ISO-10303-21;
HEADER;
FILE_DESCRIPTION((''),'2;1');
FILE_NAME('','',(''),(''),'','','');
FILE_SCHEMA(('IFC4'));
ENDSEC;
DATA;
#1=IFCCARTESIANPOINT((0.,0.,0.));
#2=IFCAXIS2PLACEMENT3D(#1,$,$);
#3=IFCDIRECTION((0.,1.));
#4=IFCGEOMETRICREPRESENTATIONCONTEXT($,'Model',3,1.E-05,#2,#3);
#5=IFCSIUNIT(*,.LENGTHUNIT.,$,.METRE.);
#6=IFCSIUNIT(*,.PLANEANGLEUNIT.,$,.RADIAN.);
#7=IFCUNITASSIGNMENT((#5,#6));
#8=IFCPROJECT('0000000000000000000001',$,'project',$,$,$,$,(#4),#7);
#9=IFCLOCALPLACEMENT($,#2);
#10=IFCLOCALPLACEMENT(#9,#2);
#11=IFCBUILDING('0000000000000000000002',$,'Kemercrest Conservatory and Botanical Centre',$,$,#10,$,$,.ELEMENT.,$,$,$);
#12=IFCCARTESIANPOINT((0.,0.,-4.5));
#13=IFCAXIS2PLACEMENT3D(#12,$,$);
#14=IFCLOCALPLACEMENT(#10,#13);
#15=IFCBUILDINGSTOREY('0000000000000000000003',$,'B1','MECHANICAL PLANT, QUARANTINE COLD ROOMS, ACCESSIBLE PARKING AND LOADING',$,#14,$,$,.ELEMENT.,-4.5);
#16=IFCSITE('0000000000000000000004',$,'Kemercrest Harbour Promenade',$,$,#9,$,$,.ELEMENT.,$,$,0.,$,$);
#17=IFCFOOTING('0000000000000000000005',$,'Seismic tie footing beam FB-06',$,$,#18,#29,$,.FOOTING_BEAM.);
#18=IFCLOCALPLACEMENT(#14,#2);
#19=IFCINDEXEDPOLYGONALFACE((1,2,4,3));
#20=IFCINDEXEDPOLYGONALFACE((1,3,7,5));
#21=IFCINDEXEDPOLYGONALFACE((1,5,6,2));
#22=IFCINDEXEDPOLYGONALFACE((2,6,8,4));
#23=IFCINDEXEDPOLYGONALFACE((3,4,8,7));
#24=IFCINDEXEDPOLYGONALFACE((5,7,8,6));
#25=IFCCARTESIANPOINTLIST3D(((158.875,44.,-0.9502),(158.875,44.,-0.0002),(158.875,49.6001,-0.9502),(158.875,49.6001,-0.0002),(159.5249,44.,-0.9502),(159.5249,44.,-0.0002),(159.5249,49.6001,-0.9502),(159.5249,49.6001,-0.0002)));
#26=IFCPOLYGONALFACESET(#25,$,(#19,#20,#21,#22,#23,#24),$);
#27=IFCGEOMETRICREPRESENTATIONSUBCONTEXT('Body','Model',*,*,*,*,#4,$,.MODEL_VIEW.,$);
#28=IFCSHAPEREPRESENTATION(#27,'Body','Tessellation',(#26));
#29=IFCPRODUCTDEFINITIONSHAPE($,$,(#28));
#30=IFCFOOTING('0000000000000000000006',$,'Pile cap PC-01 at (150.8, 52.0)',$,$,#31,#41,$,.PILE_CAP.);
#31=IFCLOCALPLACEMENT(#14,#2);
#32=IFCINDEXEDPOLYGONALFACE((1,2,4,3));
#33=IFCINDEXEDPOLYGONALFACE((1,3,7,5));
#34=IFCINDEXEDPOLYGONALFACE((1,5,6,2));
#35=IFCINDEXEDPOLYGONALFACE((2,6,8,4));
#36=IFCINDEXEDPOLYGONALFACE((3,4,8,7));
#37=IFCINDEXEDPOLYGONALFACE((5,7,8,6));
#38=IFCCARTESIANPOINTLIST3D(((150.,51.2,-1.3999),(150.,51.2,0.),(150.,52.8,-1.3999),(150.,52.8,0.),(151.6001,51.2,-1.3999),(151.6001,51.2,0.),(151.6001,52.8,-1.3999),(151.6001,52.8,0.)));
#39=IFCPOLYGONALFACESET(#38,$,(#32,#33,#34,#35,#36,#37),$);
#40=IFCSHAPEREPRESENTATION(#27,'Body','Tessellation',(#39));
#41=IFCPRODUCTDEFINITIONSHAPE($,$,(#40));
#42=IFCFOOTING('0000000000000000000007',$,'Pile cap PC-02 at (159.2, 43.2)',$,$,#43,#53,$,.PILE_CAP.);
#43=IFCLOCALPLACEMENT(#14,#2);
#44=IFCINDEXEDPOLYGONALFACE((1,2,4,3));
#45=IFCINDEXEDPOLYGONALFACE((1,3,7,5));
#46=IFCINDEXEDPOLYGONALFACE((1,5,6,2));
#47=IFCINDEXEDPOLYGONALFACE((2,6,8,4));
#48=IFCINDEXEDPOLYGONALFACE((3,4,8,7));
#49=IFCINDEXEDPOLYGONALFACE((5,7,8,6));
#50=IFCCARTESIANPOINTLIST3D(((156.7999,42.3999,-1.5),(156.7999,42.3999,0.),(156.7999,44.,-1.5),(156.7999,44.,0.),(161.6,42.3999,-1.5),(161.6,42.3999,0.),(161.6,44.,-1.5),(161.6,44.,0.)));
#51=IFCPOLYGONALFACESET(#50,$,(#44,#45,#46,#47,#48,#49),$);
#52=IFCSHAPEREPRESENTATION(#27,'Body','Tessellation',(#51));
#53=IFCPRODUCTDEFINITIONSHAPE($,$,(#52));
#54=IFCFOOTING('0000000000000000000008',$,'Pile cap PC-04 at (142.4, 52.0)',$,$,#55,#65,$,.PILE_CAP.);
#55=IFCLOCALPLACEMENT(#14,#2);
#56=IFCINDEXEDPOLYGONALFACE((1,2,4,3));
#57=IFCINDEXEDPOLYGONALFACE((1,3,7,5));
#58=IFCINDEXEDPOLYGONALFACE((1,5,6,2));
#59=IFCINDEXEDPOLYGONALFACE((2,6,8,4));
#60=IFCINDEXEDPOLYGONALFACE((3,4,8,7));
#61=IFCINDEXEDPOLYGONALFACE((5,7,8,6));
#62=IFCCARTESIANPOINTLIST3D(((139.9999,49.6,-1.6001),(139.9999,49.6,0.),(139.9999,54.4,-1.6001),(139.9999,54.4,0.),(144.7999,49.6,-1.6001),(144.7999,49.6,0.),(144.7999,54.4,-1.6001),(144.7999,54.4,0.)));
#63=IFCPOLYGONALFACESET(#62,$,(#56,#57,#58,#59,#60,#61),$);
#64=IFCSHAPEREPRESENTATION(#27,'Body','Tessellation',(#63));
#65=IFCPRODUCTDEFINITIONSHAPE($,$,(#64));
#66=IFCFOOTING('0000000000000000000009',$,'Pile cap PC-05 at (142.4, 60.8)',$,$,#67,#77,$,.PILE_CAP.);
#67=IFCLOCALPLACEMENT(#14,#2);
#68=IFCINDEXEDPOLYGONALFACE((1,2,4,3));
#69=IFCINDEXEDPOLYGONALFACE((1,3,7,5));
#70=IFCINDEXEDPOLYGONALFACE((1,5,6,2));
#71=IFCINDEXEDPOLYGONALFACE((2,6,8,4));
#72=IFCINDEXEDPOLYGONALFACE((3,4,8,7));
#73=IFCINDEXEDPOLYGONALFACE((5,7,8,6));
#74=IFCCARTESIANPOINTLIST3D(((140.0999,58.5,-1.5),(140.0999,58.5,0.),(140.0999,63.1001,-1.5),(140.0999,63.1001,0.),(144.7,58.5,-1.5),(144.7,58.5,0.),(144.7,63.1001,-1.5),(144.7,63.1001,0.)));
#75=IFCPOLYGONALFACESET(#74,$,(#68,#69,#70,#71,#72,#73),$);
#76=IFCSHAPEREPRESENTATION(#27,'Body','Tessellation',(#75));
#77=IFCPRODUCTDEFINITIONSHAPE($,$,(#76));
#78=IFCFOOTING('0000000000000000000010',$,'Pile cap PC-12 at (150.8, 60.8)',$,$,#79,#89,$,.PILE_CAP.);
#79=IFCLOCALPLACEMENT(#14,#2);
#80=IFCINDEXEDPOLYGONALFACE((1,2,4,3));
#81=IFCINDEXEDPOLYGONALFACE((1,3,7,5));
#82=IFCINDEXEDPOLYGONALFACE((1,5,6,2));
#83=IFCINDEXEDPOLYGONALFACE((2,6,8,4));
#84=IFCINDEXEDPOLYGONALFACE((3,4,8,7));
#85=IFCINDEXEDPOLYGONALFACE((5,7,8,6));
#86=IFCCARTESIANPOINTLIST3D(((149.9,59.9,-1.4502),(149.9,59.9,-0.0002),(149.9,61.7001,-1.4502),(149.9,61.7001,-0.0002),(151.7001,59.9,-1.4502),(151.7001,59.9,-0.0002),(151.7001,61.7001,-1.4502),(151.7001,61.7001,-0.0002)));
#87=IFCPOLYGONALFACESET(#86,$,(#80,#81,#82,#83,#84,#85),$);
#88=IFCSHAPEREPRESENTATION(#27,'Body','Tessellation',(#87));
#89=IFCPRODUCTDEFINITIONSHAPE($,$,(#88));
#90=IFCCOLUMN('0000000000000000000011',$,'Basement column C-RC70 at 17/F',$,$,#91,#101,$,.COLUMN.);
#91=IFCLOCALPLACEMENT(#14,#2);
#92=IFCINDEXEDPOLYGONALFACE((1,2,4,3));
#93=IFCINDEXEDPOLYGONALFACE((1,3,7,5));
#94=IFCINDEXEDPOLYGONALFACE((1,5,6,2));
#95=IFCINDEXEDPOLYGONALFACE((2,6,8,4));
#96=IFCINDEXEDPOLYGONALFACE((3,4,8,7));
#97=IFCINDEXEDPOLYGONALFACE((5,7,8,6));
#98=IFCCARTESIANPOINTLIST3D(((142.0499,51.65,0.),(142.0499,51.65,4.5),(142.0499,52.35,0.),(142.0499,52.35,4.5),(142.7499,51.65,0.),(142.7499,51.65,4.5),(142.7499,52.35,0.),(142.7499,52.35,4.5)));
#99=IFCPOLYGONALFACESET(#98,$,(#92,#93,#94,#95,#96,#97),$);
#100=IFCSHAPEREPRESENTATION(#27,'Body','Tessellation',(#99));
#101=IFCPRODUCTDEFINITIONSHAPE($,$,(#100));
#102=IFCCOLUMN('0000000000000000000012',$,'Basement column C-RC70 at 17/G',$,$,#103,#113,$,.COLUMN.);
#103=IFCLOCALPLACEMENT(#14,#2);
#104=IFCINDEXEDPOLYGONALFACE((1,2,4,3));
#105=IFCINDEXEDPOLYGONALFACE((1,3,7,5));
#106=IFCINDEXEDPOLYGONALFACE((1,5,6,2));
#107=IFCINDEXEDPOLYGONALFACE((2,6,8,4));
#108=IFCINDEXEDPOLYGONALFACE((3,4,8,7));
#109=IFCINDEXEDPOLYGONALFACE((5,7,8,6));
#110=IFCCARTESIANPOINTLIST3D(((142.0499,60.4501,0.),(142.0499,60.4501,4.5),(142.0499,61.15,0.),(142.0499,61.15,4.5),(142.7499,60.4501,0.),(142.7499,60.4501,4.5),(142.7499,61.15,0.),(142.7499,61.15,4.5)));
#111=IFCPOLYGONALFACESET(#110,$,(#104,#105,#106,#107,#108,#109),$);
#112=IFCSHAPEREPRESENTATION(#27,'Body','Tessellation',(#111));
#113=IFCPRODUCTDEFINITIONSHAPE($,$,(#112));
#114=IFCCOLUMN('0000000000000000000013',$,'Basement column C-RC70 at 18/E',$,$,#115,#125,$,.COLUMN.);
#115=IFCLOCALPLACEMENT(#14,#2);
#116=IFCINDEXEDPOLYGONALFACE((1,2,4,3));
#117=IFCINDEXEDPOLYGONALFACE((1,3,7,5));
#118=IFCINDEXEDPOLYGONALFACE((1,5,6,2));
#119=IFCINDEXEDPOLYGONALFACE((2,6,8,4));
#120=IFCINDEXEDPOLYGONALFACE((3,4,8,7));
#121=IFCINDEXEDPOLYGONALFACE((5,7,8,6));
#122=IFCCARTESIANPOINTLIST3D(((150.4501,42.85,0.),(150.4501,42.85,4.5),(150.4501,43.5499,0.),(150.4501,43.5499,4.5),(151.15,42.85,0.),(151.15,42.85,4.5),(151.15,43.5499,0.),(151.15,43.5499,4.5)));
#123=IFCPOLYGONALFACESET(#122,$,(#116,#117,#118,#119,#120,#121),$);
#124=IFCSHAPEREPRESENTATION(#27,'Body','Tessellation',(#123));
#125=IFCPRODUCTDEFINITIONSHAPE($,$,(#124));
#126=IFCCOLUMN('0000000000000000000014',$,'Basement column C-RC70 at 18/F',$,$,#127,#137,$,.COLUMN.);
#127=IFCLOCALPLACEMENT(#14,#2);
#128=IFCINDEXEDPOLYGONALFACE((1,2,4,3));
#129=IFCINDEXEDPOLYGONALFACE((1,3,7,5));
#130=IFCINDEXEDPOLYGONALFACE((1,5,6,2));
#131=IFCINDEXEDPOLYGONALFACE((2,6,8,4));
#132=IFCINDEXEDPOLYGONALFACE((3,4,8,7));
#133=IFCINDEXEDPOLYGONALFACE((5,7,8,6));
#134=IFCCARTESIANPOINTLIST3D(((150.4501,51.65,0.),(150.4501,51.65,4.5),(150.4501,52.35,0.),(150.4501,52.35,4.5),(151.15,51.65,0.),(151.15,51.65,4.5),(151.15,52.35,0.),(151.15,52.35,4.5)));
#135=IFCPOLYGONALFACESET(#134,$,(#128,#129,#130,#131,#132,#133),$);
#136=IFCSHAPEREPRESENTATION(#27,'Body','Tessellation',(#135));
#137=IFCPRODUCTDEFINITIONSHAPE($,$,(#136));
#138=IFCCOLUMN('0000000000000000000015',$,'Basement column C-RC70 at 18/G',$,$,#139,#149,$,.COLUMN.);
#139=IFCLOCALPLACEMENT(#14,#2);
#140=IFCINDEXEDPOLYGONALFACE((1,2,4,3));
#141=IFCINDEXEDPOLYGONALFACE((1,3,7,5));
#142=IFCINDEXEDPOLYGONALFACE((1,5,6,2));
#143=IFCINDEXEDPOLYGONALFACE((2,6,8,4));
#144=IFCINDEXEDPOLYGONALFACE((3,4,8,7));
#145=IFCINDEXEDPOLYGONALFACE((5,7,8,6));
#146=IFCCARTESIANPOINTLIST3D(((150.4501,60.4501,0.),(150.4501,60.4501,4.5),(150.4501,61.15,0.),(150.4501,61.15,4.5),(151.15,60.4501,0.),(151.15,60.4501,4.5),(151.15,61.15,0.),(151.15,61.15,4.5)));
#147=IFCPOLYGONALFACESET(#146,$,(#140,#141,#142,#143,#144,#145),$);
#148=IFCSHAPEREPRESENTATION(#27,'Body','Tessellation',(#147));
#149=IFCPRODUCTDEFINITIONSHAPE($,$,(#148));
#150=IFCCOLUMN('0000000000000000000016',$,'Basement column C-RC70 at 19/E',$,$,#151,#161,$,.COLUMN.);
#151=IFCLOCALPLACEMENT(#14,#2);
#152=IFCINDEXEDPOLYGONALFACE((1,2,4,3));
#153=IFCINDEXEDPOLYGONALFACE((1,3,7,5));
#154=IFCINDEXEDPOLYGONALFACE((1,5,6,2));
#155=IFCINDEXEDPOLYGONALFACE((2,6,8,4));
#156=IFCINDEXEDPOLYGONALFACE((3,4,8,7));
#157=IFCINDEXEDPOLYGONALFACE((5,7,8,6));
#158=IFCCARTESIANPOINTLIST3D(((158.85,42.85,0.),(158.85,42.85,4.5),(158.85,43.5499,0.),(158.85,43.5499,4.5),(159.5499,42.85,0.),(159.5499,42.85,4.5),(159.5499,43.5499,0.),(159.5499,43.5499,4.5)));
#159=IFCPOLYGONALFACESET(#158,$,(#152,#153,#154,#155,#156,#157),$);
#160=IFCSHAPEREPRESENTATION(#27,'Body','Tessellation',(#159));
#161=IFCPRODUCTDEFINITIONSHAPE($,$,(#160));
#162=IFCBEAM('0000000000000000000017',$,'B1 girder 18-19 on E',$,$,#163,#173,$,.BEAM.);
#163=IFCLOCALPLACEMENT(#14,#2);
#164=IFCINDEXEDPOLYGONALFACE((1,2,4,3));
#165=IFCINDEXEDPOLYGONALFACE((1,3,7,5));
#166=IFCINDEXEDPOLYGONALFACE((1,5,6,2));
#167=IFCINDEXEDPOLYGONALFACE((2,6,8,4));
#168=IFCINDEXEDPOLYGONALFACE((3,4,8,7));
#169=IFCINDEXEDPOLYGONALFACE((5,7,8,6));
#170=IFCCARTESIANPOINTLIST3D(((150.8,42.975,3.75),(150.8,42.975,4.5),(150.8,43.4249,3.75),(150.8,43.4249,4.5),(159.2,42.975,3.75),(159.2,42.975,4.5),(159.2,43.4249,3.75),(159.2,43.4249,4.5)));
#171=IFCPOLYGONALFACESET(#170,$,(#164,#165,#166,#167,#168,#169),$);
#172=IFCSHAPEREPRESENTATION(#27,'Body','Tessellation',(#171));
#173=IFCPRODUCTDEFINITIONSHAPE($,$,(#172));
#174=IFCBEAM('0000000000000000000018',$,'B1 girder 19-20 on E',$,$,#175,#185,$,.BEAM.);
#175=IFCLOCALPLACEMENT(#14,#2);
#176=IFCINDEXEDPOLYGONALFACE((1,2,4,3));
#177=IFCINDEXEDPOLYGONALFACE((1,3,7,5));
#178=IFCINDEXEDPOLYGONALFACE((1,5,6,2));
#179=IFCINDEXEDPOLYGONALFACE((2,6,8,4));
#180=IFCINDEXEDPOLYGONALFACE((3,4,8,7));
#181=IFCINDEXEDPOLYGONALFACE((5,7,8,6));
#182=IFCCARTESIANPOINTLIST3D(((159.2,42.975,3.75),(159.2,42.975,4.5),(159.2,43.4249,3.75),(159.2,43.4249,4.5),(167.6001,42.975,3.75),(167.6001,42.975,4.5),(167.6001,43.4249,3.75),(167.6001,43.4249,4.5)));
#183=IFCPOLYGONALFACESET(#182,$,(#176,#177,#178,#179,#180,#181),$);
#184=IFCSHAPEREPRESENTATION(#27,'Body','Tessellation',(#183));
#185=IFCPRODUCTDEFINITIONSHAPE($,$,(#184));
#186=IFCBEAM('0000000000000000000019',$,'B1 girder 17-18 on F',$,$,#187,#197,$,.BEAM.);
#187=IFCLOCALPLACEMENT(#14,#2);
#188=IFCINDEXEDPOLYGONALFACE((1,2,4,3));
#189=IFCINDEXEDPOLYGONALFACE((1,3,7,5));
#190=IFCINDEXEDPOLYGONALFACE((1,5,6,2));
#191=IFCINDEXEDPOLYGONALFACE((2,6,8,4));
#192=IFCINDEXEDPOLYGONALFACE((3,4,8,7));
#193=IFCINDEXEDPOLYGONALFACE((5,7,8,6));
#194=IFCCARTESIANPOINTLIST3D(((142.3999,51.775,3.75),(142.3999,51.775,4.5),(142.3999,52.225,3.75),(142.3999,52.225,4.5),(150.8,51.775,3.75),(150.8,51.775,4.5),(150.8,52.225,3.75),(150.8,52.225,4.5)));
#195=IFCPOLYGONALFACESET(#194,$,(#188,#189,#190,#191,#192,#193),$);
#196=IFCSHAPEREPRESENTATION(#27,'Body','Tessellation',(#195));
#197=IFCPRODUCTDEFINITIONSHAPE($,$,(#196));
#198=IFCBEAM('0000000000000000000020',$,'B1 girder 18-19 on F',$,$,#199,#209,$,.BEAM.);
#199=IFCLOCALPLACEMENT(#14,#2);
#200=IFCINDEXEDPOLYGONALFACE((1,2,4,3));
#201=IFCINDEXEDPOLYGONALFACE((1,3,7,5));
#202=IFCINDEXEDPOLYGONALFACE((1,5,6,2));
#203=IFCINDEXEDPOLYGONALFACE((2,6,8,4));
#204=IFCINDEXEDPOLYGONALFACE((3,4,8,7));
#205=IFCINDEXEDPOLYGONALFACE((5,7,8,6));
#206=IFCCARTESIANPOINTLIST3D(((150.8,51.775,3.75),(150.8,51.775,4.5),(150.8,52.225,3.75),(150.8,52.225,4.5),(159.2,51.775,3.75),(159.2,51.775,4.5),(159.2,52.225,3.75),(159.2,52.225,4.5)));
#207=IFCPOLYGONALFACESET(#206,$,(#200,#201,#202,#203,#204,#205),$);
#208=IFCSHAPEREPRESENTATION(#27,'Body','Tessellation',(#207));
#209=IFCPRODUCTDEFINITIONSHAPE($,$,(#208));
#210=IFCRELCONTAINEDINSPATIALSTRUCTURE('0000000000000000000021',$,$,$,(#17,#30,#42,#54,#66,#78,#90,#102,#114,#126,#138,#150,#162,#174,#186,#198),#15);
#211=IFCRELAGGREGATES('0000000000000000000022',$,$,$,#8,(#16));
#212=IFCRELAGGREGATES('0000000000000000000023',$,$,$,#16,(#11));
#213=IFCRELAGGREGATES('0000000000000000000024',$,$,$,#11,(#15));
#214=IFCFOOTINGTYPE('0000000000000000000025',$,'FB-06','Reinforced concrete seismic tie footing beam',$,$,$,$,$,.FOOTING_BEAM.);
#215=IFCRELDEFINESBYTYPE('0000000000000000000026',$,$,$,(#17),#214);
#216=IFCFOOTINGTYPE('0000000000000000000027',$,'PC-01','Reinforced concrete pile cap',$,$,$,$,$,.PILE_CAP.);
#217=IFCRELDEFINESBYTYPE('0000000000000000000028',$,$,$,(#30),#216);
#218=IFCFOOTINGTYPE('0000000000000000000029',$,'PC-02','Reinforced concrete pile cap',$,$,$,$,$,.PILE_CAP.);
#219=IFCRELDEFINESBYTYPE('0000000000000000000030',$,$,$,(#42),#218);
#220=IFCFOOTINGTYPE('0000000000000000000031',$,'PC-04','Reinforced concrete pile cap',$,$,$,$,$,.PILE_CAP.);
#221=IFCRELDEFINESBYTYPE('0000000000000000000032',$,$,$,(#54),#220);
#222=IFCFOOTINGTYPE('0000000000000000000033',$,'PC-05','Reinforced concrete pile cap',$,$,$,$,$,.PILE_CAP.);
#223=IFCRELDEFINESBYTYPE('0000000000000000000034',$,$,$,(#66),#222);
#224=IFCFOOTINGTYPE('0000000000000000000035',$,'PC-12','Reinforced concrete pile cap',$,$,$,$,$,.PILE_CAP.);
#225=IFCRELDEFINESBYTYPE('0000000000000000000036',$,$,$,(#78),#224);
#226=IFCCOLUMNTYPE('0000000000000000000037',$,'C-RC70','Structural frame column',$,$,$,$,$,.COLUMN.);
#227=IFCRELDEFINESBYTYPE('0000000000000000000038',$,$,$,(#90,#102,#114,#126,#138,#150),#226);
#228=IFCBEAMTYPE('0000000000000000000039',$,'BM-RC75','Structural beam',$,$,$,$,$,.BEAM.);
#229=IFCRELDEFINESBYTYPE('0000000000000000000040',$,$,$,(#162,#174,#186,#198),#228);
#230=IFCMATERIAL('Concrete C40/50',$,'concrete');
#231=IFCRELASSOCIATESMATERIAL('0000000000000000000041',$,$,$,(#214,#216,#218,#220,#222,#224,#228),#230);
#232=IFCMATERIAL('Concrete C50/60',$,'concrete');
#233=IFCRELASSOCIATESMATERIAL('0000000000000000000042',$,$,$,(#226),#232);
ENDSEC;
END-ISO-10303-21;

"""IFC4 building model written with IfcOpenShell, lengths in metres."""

from ifc_helpers import new_model, si_unit, direction, frame, origin, origin_2d, place, context, subcontext, project, spatial, rectangle, extrude, material, material_profile, profile_set, type_object, element, save


model = new_model("IFC4")

# Units and contexts
model_context = context("Model", 3, precision=1e-05, world=origin(), true_north=direction((0.0, 1.0)))
body_context = subcontext(model_context, "Body", "Model", "MODEL_VIEW")
ifc_project = project(units=[si_unit("LENGTHUNIT", "METRE"), si_unit("PLANEANGLEUNIT", "RADIAN")], contexts=[model_context])

# Site, building, storey
site_placement = place(None, origin())
site = spatial("IfcSite", under=ifc_project, at=site_placement, Name="Kemercrest Harbour Promenade", CompositionType="ELEMENT", RefElevation=0.0)
building_placement = place(site_placement, origin())
building = spatial("IfcBuilding", under=site, at=building_placement, Name="Kemercrest Conservatory and Botanical Centre", CompositionType="ELEMENT")
storey_placement = place(building_placement, frame((0.0, 0.0, -4.5)))
storey = spatial("IfcBuildingStorey", under=building, at=storey_placement, Name="B1", Description="MECHANICAL PLANT, QUARANTINE COLD ROOMS, ACCESSIBLE PARKING AND LOADING", CompositionType="ELEMENT", Elevation=-4.5)

# Shared definitions
ifc_material_1 = material(Name="Concrete C40/50", Category="concrete")

# Footings
footing_type_1 = type_object("IfcFootingType", Name="FB-06", Description="Reinforced concrete seismic tie footing beam", PredefinedType="FOOTING_BEAM", material=ifc_material_1)
footing_1_placement = place(storey_placement, frame((159.2, 46.8, -0.9502), z_axis=(0.0, 0.0, 1.0), x_axis=(1.0, 0.0, 0.0)))
element("IfcFooting", 1, at=footing_1_placement, inside=storey, type_object=footing_type_1, Name="Seismic tie footing beam FB-06", PredefinedType="FOOTING_BEAM", context=body_context, shape_type="SweptSolid", body=[
    extrude(rectangle(XDim=0.6499, YDim=5.6001, at=origin_2d()), origin(), (0.0, 0.0, 1.0), 0.95),
])
footing_type_2 = type_object("IfcFootingType", Name="PC-01", Description="Reinforced concrete pile cap", PredefinedType="PILE_CAP", material=ifc_material_1)
footing_2_placement = place(storey_placement, frame((150.8, 52.0, -1.3999), z_axis=(0.0, 0.0, 1.0), x_axis=(1.0, 0.0, 0.0)))
element("IfcFooting", 2, at=footing_2_placement, inside=storey, type_object=footing_type_2, Name="Pile cap PC-01 at (150.8, 52.0)", PredefinedType="PILE_CAP", context=body_context, shape_type="SweptSolid", body=[
    extrude(rectangle(XDim=1.6001, YDim=1.6001, at=origin_2d()), origin(), (0.0, 0.0, 1.0), 1.3999),
])
footing_type_3 = type_object("IfcFootingType", Name="PC-02", Description="Reinforced concrete pile cap", PredefinedType="PILE_CAP", material=ifc_material_1)
footing_3_placement = place(storey_placement, frame((159.2, 43.2, -1.5), z_axis=(0.0, 0.0, 1.0), x_axis=(1.0, 0.0, 0.0)))
element("IfcFooting", 3, at=footing_3_placement, inside=storey, type_object=footing_type_3, Name="Pile cap PC-02 at (159.2, 43.2)", PredefinedType="PILE_CAP", context=body_context, shape_type="SweptSolid", body=[
    extrude(rectangle(XDim=4.8, YDim=1.6001, at=origin_2d()), origin(), (0.0, 0.0, 1.0), 1.5),
])
footing_type_4 = type_object("IfcFootingType", Name="PC-04", Description="Reinforced concrete pile cap", PredefinedType="PILE_CAP", material=ifc_material_1)
footing_4_placement = place(storey_placement, frame((142.3999, 52.0, -1.6001), z_axis=(0.0, 0.0, 1.0), x_axis=(1.0, 0.0, 0.0)))
element("IfcFooting", 4, at=footing_4_placement, inside=storey, type_object=footing_type_4, Name="Pile cap PC-04 at (142.4, 52.0)", PredefinedType="PILE_CAP", context=body_context, shape_type="SweptSolid", body=[
    extrude(rectangle(XDim=4.8, YDim=4.8, at=origin_2d()), origin(), (0.0, 0.0, 1.0), 1.6001),
])
footing_type_5 = type_object("IfcFootingType", Name="PC-05", Description="Reinforced concrete pile cap", PredefinedType="PILE_CAP", material=ifc_material_1)
footing_5_placement = place(storey_placement, frame((142.3999, 60.8, -1.5), z_axis=(0.0, 0.0, 1.0), x_axis=(1.0, 0.0, 0.0)))
element("IfcFooting", 5, at=footing_5_placement, inside=storey, type_object=footing_type_5, Name="Pile cap PC-05 at (142.4, 60.8)", PredefinedType="PILE_CAP", context=body_context, shape_type="SweptSolid", body=[
    extrude(rectangle(XDim=4.6001, YDim=4.6001, at=origin_2d()), origin(), (0.0, 0.0, 1.0), 1.5),
])
footing_type_6 = type_object("IfcFootingType", Name="PC-12", Description="Reinforced concrete pile cap", PredefinedType="PILE_CAP", material=ifc_material_1)
footing_6_placement = place(storey_placement, frame((150.8, 60.8, -1.4502), z_axis=(0.0, 0.0, 1.0), x_axis=(1.0, 0.0, 0.0)))
element("IfcFooting", 6, at=footing_6_placement, inside=storey, type_object=footing_type_6, Name="Pile cap PC-12 at (150.8, 60.8)", PredefinedType="PILE_CAP", context=body_context, shape_type="SweptSolid", body=[
    extrude(rectangle(XDim=1.8, YDim=1.8, at=origin_2d()), origin(), (0.0, 0.0, 1.0), 1.45),
])

# Columns
ifc_material_2 = material(Name="Concrete C50/60", Category="concrete")
ifc_material_profile_1 = material_profile(ifc_material_2, rectangle(XDim=0.7, YDim=0.7, at=origin_2d()), Name="RC 700x700")
ifc_profile_set_1 = profile_set([ifc_material_profile_1], Name="Concrete C50/60")
column_type = type_object("IfcColumnType", Name="C-RC70", Description="Structural frame column", PredefinedType="COLUMN", material=ifc_profile_set_1)
for number, where, z_axis, x_axis, name in (
    (7, (142.3999, 52.0, 0.0), (0.0, 0.0, 1.0), (1.0, 0.0, 0.0), "Basement column C-RC70 at 17/F"),
    (8, (142.3999, 60.8, 0.0), (0.0, 0.0, 1.0), (1.0, 0.0, 0.0), "Basement column C-RC70 at 17/G"),
    (9, (150.8, 43.2, 0.0), (0.0, 0.0, 1.0), (1.0, 0.0, 0.0), "Basement column C-RC70 at 18/E"),
    (10, (150.8, 52.0, 0.0), (0.0, 0.0, 1.0), (1.0, 0.0, 0.0), "Basement column C-RC70 at 18/F"),
    (11, (150.8, 60.8, 0.0), (0.0, 0.0, 1.0), (1.0, 0.0, 0.0), "Basement column C-RC70 at 18/G"),
    (12, (159.2, 43.2, 0.0), (0.0, 0.0, 1.0), (1.0, 0.0, 0.0), "Basement column C-RC70 at 19/E"),
):
    element("IfcColumn", number, at=place(storey_placement, frame(where, z_axis=z_axis, x_axis=x_axis)), inside=storey, type_object=column_type, Name=name, PredefinedType="COLUMN", context=body_context, shape_type="SweptSolid", body=[
        extrude(rectangle(XDim=0.7, YDim=0.7, at=origin_2d()), origin(), (0.0, 0.0, 1.0), 4.5),
    ])

# Beams
ifc_material_profile_2 = material_profile(ifc_material_1, rectangle(XDim=0.45, YDim=0.75, at=origin_2d()), Name="RC 450x750")
ifc_profile_set_2 = profile_set([ifc_material_profile_2], Name="Concrete C40/50")
beam_type = type_object("IfcBeamType", Name="BM-RC75", Description="Structural beam", PredefinedType="BEAM", material=ifc_profile_set_2)
beam_1_placement = place(storey_placement, frame((150.8, 43.2, 4.125), z_axis=(1.0, 0.0, 0.0), x_axis=(0.0, 1.0, 0.0)))
element("IfcBeam", 13, at=beam_1_placement, inside=storey, type_object=beam_type, Name="B1 girder 18-19 on E", PredefinedType="BEAM", context=body_context, shape_type="SweptSolid", body=[
    extrude(rectangle(XDim=0.45, YDim=0.75, at=origin_2d()), origin(), (0.0, 0.0, 1.0), 8.3999),
])
for number, where, z_axis, x_axis, name in (
    (14, (159.2, 43.2, 4.125), (1.0, 0.0, 0.0), (0.0, 1.0, 0.0), "B1 girder 19-20 on E"),
    (15, (142.3999, 52.0, 4.125), (1.0, 0.0, 0.0), (0.0, 1.0, 0.0), "B1 girder 17-18 on F"),
):
    element("IfcBeam", number, at=place(storey_placement, frame(where, z_axis=z_axis, x_axis=x_axis)), inside=storey, type_object=beam_type, Name=name, PredefinedType="BEAM", context=body_context, shape_type="SweptSolid", body=[
        extrude(rectangle(XDim=0.45, YDim=0.75, at=origin_2d()), origin(), (0.0, 0.0, 1.0), 8.4001),
    ])
beam_2_placement = place(storey_placement, frame((150.8, 52.0, 4.125), z_axis=(1.0, 0.0, 0.0), x_axis=(0.0, 1.0, 0.0)))
element("IfcBeam", 16, at=beam_2_placement, inside=storey, type_object=beam_type, Name="B1 girder 18-19 on F", PredefinedType="BEAM", context=body_context, shape_type="SweptSolid", body=[
    extrude(rectangle(XDim=0.45, YDim=0.75, at=origin_2d()), origin(), (0.0, 0.0, 1.0), 8.3999),
])

save(model, "model.ifc")
